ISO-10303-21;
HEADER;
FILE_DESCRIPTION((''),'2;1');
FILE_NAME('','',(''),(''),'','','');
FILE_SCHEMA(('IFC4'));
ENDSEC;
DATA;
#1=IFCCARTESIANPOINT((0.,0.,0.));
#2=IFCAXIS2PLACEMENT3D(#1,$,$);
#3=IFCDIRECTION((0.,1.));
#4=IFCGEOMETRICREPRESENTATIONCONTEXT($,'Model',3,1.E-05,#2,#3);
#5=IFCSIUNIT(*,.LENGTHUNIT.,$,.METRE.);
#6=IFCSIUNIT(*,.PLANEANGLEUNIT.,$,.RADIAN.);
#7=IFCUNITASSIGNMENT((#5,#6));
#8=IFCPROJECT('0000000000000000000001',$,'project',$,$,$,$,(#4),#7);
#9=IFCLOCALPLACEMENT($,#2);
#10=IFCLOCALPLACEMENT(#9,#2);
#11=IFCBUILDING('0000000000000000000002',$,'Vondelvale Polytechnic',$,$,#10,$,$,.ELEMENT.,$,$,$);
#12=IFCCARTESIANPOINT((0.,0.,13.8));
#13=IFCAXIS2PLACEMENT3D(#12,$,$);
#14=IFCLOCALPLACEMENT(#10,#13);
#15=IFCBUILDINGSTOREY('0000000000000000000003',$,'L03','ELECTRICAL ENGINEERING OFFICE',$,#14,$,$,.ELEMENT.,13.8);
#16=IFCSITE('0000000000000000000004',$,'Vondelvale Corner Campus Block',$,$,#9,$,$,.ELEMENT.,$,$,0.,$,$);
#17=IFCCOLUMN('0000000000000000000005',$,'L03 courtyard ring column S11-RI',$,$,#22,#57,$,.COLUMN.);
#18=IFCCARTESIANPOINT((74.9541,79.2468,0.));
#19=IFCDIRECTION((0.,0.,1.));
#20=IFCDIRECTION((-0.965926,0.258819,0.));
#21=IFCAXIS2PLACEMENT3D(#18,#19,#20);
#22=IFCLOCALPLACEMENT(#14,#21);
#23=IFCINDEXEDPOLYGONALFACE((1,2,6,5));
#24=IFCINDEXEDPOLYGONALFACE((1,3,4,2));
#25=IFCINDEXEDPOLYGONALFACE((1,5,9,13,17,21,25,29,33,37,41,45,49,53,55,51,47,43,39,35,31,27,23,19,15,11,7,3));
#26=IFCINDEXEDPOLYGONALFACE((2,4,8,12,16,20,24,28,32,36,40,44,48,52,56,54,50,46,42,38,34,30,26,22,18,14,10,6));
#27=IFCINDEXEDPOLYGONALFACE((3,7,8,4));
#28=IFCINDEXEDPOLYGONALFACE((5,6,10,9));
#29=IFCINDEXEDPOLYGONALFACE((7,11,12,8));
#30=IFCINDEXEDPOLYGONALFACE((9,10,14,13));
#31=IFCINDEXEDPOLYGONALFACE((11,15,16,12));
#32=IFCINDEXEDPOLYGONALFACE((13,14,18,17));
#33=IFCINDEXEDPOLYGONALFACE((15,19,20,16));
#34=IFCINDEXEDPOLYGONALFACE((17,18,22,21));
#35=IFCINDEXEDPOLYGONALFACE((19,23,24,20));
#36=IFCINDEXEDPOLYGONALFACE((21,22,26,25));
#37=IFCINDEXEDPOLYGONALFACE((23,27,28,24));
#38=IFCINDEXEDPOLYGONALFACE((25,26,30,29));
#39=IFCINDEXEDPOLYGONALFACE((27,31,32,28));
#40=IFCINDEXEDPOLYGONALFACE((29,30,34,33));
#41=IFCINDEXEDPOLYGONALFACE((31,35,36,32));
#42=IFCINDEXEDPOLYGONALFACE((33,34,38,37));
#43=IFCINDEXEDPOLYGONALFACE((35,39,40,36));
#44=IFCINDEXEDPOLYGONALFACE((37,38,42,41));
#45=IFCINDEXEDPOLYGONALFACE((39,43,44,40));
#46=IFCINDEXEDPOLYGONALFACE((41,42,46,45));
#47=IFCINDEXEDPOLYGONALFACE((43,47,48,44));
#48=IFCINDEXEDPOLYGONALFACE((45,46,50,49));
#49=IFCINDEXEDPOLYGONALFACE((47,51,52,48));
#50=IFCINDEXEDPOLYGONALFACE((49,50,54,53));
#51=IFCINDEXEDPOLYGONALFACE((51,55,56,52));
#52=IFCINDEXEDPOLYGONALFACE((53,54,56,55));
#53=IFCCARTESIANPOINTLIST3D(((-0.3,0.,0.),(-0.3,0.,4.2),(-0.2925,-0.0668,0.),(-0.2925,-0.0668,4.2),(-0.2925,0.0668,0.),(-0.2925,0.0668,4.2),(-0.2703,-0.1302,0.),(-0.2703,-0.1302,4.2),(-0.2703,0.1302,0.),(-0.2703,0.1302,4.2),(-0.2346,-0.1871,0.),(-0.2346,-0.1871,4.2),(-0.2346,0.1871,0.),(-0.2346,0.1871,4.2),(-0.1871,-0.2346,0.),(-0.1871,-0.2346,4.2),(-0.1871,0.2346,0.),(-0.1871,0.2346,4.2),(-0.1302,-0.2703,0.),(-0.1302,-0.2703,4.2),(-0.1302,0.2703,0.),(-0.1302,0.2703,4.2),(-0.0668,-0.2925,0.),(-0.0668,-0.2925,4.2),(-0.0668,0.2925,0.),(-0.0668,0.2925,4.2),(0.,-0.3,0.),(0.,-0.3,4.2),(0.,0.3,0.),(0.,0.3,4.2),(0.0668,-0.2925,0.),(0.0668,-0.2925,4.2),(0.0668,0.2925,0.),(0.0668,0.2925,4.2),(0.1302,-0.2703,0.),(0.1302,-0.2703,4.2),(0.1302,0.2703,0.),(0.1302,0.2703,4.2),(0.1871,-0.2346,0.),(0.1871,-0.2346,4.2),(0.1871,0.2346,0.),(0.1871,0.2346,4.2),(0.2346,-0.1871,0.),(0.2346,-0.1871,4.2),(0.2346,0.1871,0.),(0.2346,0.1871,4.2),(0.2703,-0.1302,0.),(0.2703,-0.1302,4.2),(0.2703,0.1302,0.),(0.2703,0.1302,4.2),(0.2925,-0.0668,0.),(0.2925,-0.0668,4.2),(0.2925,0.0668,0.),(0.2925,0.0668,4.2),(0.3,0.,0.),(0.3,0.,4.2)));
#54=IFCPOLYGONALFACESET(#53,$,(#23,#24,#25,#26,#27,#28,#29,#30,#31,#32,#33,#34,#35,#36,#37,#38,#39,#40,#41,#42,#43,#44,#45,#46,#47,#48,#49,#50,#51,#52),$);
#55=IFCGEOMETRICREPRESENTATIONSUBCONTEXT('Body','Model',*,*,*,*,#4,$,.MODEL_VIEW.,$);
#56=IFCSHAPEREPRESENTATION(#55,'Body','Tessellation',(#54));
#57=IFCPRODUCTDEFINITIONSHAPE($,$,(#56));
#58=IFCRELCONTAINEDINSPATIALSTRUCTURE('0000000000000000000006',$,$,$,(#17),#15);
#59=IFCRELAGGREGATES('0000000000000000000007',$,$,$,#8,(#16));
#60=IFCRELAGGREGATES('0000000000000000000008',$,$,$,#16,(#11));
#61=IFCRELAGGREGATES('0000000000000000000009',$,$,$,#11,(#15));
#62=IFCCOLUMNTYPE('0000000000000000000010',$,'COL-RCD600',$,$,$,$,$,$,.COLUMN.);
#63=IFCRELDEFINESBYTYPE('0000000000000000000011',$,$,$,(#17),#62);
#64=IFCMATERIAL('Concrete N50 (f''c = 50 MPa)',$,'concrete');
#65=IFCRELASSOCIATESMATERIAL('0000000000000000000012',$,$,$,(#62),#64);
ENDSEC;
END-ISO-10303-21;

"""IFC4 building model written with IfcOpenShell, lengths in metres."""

from ifc_helpers import new_model, si_unit, direction, frame, origin, origin_2d, place, context, subcontext, project, spatial, circle, extrude, material, material_profile, profile_set, type_object, element, save


model = new_model("IFC4")

# Units and contexts
model_context = context("Model", 3, precision=1e-05, world=origin(), true_north=direction((0.0, 1.0)))
body_context = subcontext(model_context, "Body", "Model", "MODEL_VIEW")
ifc_project = project(units=[si_unit("LENGTHUNIT", "METRE"), si_unit("PLANEANGLEUNIT", "RADIAN")], contexts=[model_context])

# Site, building, storey
site_placement = place(None, origin())
site = spatial("IfcSite", under=ifc_project, at=site_placement, Name="Vondelvale Corner Campus Block", CompositionType="ELEMENT", RefElevation=0.0)
building_placement = place(site_placement, origin())
building = spatial("IfcBuilding", under=site, at=building_placement, Name="Vondelvale Polytechnic", CompositionType="ELEMENT")
storey_placement = place(building_placement, frame((0.0, 0.0, 13.8)))
storey = spatial("IfcBuildingStorey", under=building, at=storey_placement, Name="L03", Description="ELECTRICAL ENGINEERING OFFICE", CompositionType="ELEMENT", Elevation=13.8)

# Column
ifc_material_1 = material(Name="Concrete N50 (f'c = 50 MPa)", Category="concrete")
ifc_material_profile_1 = material_profile(ifc_material_1, circle(Radius=0.3, at=origin_2d()), Name="RC-COL-D600")
ifc_profile_set_1 = profile_set([ifc_material_profile_1], Name="Concrete N50 (f'c = 50 MPa)")
column_type = type_object("IfcColumnType", Name="COL-RCD600", PredefinedType="COLUMN", material=ifc_profile_set_1)
column_placement = place(storey_placement, frame((74.9541, 79.2468, 0.0), z_axis=(0.0, 0.0, 1.0), x_axis=(-0.965926, 0.258819, 0.0)))
element("IfcColumn", 1, at=column_placement, inside=storey, type_object=column_type, Name="L03 courtyard ring column S11-RI", PredefinedType="COLUMN", context=body_context, shape_type="SweptSolid", body=[
    extrude(circle(Radius=0.3, at=origin_2d()), origin(), (0.0, 0.0, 1.0), 4.2),
])

save(model, "model.ifc")
